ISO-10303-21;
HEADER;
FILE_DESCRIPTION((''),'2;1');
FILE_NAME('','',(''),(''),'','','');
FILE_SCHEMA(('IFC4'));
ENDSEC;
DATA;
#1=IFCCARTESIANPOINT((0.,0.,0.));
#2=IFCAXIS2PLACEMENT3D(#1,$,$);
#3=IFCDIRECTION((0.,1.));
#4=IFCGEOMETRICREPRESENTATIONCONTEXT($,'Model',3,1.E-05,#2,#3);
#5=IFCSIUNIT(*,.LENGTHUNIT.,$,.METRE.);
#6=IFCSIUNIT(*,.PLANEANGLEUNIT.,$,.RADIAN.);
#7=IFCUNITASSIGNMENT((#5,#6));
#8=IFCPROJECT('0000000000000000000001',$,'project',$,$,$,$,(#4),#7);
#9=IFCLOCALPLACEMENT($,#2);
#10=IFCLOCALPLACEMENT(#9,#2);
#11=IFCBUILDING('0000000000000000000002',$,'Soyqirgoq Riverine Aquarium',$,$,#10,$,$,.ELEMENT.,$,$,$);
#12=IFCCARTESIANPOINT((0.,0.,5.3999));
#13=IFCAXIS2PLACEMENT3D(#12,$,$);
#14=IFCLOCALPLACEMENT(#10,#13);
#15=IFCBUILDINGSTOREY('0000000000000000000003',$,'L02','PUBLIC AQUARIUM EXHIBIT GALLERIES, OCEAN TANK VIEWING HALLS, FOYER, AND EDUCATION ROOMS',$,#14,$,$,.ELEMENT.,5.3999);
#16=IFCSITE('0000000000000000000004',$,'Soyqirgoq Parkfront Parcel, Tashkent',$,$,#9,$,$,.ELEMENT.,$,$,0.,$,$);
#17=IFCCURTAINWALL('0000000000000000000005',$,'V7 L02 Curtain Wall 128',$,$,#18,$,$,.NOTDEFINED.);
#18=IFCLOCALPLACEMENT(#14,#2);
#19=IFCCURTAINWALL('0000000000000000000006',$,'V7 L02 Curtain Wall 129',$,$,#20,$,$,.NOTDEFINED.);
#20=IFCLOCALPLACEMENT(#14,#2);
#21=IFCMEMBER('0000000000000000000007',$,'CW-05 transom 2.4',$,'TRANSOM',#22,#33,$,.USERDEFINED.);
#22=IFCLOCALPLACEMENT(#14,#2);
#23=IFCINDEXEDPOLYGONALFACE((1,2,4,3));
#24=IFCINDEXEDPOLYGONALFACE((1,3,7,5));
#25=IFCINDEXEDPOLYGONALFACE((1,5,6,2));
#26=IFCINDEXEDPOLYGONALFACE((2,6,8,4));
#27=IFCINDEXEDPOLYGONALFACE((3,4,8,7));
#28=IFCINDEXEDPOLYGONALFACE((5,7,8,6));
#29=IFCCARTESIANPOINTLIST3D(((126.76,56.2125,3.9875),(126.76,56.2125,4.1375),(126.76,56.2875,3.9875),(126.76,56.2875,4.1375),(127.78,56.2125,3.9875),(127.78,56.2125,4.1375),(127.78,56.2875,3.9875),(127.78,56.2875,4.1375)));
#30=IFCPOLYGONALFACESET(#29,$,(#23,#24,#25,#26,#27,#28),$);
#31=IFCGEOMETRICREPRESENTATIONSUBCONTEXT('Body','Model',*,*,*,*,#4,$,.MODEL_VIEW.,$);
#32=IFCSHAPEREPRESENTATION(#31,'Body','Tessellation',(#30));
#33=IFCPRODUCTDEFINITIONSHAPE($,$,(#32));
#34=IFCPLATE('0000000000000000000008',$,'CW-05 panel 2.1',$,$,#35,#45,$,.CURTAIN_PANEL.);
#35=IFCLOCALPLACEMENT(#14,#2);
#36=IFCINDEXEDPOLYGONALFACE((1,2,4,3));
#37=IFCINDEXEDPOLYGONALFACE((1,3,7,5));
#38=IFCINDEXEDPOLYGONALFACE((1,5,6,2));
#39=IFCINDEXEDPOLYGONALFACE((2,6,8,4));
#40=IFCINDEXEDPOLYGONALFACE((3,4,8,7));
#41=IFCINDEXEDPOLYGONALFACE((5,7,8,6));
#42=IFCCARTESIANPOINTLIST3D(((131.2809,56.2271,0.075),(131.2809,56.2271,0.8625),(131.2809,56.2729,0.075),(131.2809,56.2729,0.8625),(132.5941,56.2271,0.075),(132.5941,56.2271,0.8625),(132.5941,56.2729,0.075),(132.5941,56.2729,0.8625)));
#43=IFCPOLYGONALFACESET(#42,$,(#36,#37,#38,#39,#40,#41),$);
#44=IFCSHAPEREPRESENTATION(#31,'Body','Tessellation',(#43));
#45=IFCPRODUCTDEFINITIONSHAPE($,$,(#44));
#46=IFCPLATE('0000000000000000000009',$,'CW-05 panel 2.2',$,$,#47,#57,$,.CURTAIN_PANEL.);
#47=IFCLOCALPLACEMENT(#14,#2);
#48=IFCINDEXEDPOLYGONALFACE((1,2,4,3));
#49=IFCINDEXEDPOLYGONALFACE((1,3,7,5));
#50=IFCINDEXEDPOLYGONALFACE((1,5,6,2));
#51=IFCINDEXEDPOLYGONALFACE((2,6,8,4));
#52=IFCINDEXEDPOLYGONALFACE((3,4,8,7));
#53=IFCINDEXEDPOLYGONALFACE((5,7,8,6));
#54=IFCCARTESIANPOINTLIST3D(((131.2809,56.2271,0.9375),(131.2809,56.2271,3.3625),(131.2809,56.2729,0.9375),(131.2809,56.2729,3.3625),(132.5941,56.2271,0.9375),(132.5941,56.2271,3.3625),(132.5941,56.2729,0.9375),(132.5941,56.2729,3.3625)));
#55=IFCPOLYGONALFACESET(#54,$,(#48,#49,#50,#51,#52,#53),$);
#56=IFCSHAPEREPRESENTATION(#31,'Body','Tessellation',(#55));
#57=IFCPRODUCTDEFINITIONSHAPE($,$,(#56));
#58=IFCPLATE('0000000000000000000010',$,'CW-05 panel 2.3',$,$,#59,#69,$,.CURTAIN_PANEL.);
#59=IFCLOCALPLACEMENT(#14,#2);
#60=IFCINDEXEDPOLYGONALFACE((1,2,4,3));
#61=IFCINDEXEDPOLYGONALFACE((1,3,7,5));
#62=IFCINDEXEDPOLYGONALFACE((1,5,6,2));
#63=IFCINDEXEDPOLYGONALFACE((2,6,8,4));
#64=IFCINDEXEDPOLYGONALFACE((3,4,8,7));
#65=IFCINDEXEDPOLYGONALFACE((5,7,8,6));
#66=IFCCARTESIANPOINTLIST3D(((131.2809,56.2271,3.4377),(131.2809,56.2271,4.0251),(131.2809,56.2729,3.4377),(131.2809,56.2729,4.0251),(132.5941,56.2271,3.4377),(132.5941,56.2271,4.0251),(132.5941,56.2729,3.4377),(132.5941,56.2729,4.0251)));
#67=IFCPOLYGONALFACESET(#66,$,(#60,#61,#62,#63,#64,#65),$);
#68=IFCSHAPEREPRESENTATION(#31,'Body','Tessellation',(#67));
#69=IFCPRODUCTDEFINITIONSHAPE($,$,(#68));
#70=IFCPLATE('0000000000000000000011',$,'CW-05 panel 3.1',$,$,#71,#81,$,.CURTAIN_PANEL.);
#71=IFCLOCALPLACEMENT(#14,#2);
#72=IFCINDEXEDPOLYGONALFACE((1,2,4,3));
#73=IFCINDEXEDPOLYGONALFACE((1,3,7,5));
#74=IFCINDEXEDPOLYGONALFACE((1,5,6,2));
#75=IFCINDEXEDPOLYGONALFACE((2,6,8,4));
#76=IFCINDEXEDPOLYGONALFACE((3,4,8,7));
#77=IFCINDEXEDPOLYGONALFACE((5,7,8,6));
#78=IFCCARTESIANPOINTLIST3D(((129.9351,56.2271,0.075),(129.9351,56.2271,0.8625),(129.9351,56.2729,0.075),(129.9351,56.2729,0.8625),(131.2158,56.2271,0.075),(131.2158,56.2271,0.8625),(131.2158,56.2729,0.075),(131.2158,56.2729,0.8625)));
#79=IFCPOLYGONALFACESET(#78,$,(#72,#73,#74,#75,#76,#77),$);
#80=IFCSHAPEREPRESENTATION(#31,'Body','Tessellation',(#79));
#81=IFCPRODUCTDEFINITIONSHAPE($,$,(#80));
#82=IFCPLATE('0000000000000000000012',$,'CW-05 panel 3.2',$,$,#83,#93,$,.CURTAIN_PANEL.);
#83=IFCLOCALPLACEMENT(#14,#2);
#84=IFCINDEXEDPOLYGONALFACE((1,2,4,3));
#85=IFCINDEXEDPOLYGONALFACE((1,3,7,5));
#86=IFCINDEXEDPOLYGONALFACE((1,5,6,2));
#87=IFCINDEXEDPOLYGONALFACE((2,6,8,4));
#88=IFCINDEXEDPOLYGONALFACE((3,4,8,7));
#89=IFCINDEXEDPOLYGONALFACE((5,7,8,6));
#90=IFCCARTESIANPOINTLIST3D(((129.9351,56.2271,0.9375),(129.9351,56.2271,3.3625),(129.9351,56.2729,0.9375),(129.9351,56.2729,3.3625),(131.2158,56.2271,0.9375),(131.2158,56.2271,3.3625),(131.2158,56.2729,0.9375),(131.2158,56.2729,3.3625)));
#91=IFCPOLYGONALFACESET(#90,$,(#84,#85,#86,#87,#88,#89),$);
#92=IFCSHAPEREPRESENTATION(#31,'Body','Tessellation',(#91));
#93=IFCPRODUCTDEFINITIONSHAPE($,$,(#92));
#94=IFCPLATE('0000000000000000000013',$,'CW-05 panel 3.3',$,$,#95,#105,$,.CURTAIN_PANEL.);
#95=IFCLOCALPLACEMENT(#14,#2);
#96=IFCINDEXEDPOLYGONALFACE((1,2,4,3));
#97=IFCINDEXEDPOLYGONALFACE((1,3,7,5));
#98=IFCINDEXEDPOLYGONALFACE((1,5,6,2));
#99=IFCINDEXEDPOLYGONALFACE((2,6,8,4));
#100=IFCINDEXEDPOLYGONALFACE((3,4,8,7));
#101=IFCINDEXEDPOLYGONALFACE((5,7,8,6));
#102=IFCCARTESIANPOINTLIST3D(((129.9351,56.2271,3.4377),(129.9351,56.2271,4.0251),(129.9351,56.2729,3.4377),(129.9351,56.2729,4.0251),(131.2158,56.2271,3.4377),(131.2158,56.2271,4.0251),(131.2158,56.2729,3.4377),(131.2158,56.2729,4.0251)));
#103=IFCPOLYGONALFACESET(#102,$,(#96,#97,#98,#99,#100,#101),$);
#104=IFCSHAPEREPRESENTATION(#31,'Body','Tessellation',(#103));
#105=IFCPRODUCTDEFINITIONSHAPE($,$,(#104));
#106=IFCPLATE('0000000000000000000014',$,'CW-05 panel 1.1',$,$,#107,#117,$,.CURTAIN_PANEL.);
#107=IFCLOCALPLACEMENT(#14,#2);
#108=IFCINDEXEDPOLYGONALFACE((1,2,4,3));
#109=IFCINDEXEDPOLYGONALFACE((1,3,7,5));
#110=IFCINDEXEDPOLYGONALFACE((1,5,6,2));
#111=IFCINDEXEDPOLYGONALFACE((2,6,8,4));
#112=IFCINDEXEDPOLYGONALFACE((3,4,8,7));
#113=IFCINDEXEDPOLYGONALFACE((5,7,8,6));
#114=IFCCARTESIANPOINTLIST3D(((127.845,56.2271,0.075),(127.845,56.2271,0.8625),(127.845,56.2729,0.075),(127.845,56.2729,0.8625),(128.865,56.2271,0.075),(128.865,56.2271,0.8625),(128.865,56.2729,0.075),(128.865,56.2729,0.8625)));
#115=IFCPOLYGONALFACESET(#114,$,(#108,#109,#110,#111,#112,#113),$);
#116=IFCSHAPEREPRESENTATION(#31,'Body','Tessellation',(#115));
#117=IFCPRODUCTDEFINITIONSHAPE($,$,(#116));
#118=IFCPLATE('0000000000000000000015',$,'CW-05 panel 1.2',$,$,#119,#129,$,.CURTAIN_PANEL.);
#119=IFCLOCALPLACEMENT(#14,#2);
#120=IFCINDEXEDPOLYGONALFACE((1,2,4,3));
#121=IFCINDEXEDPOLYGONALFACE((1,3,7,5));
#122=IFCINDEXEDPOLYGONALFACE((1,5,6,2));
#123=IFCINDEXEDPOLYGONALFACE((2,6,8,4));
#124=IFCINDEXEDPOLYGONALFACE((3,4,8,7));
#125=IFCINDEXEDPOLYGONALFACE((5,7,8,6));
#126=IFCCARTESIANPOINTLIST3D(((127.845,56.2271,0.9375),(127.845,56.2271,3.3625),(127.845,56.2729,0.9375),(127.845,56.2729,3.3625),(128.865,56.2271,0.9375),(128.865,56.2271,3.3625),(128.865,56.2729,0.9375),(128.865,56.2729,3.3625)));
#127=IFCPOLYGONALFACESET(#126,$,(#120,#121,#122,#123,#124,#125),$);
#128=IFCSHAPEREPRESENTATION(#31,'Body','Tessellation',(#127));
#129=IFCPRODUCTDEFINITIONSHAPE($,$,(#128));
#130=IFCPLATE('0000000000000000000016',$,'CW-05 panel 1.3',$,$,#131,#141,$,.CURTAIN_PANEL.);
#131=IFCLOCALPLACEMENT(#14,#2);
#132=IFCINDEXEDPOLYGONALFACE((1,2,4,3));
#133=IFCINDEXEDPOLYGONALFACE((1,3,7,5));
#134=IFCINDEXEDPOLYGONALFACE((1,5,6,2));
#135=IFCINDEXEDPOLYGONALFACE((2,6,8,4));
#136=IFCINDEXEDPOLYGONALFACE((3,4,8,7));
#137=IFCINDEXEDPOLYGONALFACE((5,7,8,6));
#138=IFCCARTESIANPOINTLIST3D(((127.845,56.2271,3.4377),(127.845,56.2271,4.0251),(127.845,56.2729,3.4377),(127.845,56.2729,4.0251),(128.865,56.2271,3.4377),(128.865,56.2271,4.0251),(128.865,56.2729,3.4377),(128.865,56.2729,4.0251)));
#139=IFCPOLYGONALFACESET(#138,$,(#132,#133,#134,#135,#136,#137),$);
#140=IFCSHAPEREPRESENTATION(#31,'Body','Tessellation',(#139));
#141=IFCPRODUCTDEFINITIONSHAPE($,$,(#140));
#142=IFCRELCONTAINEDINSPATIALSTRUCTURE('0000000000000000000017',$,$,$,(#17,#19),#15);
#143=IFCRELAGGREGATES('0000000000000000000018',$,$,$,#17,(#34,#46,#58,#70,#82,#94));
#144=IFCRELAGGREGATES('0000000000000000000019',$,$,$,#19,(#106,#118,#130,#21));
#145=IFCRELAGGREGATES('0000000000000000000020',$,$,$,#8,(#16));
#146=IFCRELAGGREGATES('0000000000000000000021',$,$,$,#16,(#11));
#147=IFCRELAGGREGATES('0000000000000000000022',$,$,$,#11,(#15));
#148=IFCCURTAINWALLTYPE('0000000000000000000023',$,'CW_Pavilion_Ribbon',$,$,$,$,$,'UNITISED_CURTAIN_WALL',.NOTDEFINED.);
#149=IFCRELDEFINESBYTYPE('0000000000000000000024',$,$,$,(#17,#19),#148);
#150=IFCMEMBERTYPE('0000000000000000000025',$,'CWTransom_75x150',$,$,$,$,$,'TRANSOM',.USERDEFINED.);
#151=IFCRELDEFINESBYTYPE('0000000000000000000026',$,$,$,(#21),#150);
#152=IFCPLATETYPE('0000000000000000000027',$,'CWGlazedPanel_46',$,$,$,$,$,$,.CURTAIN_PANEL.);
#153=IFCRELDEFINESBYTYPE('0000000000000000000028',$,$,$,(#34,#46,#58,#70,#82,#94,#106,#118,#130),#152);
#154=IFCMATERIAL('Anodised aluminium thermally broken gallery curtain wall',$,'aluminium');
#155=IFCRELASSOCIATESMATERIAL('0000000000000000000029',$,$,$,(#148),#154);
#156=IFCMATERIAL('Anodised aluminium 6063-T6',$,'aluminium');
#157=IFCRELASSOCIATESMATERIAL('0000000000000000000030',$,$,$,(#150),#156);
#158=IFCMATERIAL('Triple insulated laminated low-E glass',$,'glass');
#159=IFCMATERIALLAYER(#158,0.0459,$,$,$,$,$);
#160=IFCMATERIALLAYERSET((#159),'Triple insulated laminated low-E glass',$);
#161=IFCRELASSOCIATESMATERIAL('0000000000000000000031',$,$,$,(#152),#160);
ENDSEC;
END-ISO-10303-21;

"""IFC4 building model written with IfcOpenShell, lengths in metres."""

from ifc_helpers import new_model, si_unit, direction, frame, origin, origin_2d, place, context, subcontext, project, spatial, rectangle, extrude, material, layer, layer_set, material_profile, profile_set, type_object, element, aggregate, save


model = new_model("IFC4")

# Units and contexts
model_context = context("Model", 3, precision=1e-05, world=origin(), true_north=direction((0.0, 1.0)))
body_context = subcontext(model_context, "Body", "Model", "MODEL_VIEW")
ifc_project = project(units=[si_unit("LENGTHUNIT", "METRE"), si_unit("PLANEANGLEUNIT", "RADIAN")], contexts=[model_context])

# Site, building, storey
site_placement = place(None, origin())
site = spatial("IfcSite", under=ifc_project, at=site_placement, Name="Soyqirgoq Parkfront Parcel, Tashkent", CompositionType="ELEMENT", RefElevation=0.0)
building_placement = place(site_placement, origin())
building = spatial("IfcBuilding", under=site, at=building_placement, Name="Soyqirgoq Riverine Aquarium", CompositionType="ELEMENT")
storey_placement = place(building_placement, frame((0.0, 0.0, 5.3999)))
storey = spatial("IfcBuildingStorey", under=building, at=storey_placement, Name="L02", Description="PUBLIC AQUARIUM EXHIBIT GALLERIES, OCEAN TANK VIEWING HALLS, FOYER, AND EDUCATION ROOMS", CompositionType="ELEMENT", Elevation=5.3999)

# Curtain walls
ifc_material_1 = material(Name="Anodised aluminium thermally broken gallery curtain wall", Category="aluminium")
curtain_wall_type = type_object("IfcCurtainWallType", Name="CW_Pavilion_Ribbon", ElementType="UNITISED_CURTAIN_WALL", PredefinedType="NOTDEFINED", material=ifc_material_1)
curtain_wall_1_placement = place(storey_placement, origin())
curtain_wall_1 = element("IfcCurtainWall", 1, at=curtain_wall_1_placement, inside=storey, type_object=curtain_wall_type, Name="V7 L02 Curtain Wall 128", PredefinedType="NOTDEFINED")
curtain_wall_2_placement = place(storey_placement, origin())
curtain_wall_2 = element("IfcCurtainWall", 2, at=curtain_wall_2_placement, inside=storey, type_object=curtain_wall_type, Name="V7 L02 Curtain Wall 129", PredefinedType="NOTDEFINED")

# Member
ifc_material_2 = material(Name="Anodised aluminium 6063-T6", Category="aluminium")
ifc_material_profile_1 = material_profile(ifc_material_2, rectangle(XDim=0.075, YDim=0.1499, at=origin_2d()), Name="ALU-T 75x150")
ifc_profile_set_1 = profile_set([ifc_material_profile_1], Name="Anodised aluminium 6063-T6")
member_type_1 = type_object("IfcMemberType", Name="CWTransom_75x150", ElementType="TRANSOM", PredefinedType="USERDEFINED", material=ifc_profile_set_1)
member_1_placement = place(storey_placement, frame((127.78, 56.25, 4.0625), z_axis=(-1.0, 0.0, 0.0), x_axis=(0.0, -1.0, 0.0)))
member_1 = element("IfcMember", 3, at=member_1_placement, type_object=member_type_1, Name="CW-05 transom 2.4", ObjectType="TRANSOM", PredefinedType="USERDEFINED", context=body_context, shape_type="SweptSolid", body=[
    extrude(rectangle(XDim=0.075, YDim=0.1499, at=origin_2d()), origin(), (0.0, 0.0, 1.0), 1.02),
])

# Plates
ifc_material_3 = material(Name="Triple insulated laminated low-E glass", Category="glass")
ifc_layer = layer(ifc_material_3, 0.0459)
ifc_layer_set = layer_set([ifc_layer], Name="Triple insulated laminated low-E glass")
plate_type = type_object("IfcPlateType", Name="CWGlazedPanel_46", PredefinedType="CURTAIN_PANEL", material=ifc_layer_set)
plate_1_placement = place(storey_placement, frame((131.9375, 56.25, 0.075), z_axis=(0.0, 0.0, 1.0), x_axis=(-1.0, 0.0, 0.0)))
plate_1 = element("IfcPlate", 4, at=plate_1_placement, type_object=plate_type, Name="CW-05 panel 2.1", PredefinedType="CURTAIN_PANEL", context=body_context, shape_type="SweptSolid", body=[
    extrude(rectangle(XDim=1.3132, YDim=0.0459, at=origin_2d()), origin(), (0.0, 0.0, 1.0), 0.7876),
])
plate_2_placement = place(storey_placement, frame((131.9375, 56.25, 0.9375), z_axis=(0.0, 0.0, 1.0), x_axis=(-1.0, 0.0, 0.0)))
plate_2 = element("IfcPlate", 5, at=plate_2_placement, type_object=plate_type, Name="CW-05 panel 2.2", PredefinedType="CURTAIN_PANEL", context=body_context, shape_type="SweptSolid", body=[
    extrude(rectangle(XDim=1.3132, YDim=0.0459, at=origin_2d()), origin(), (0.0, 0.0, 1.0), 2.425),
])
plate_3_placement = place(storey_placement, frame((131.9375, 56.25, 3.4377), z_axis=(0.0, 0.0, 1.0), x_axis=(-1.0, 0.0, 0.0)))
plate_3 = element("IfcPlate", 6, at=plate_3_placement, type_object=plate_type, Name="CW-05 panel 2.3", PredefinedType="CURTAIN_PANEL", context=body_context, shape_type="SweptSolid", body=[
    extrude(rectangle(XDim=1.3132, YDim=0.0459, at=origin_2d()), origin(), (0.0, 0.0, 1.0), 0.5874),
])
plate_4_placement = place(storey_placement, frame((130.5754, 56.25, 0.075), z_axis=(0.0, 0.0, 1.0), x_axis=(-1.0, 0.0, 0.0)))
plate_4 = element("IfcPlate", 7, at=plate_4_placement, type_object=plate_type, Name="CW-05 panel 3.1", PredefinedType="CURTAIN_PANEL", context=body_context, shape_type="SweptSolid", body=[
    extrude(rectangle(XDim=1.2808, YDim=0.0459, at=origin_2d()), origin(), (0.0, 0.0, 1.0), 0.7876),
])
plate_5_placement = place(storey_placement, frame((130.5754, 56.25, 0.9375), z_axis=(0.0, 0.0, 1.0), x_axis=(-1.0, 0.0, 0.0)))
plate_5 = element("IfcPlate", 8, at=plate_5_placement, type_object=plate_type, Name="CW-05 panel 3.2", PredefinedType="CURTAIN_PANEL", context=body_context, shape_type="SweptSolid", body=[
    extrude(rectangle(XDim=1.2808, YDim=0.0459, at=origin_2d()), origin(), (0.0, 0.0, 1.0), 2.425),
])
plate_6_placement = place(storey_placement, frame((130.5754, 56.25, 3.4377), z_axis=(0.0, 0.0, 1.0), x_axis=(-1.0, 0.0, 0.0)))
plate_6 = element("IfcPlate", 9, at=plate_6_placement, type_object=plate_type, Name="CW-05 panel 3.3", PredefinedType="CURTAIN_PANEL", context=body_context, shape_type="SweptSolid", body=[
    extrude(rectangle(XDim=1.2808, YDim=0.0459, at=origin_2d()), origin(), (0.0, 0.0, 1.0), 0.5874),
])
aggregate(curtain_wall_1, [plate_1, plate_2, plate_3, plate_4, plate_5, plate_6])
plate_7_placement = place(storey_placement, frame((128.355, 56.25, 0.075), z_axis=(0.0, 0.0, 1.0), x_axis=(-1.0, 0.0, 0.0)))
plate_7 = element("IfcPlate", 10, at=plate_7_placement, type_object=plate_type, Name="CW-05 panel 1.1", PredefinedType="CURTAIN_PANEL", context=body_context, shape_type="SweptSolid", body=[
    extrude(rectangle(XDim=1.02, YDim=0.0459, at=origin_2d()), origin(), (0.0, 0.0, 1.0), 0.7876),
])
plate_8_placement = place(storey_placement, frame((128.355, 56.25, 0.9375), z_axis=(0.0, 0.0, 1.0), x_axis=(-1.0, 0.0, 0.0)))
plate_8 = element("IfcPlate", 11, at=plate_8_placement, type_object=plate_type, Name="CW-05 panel 1.2", PredefinedType="CURTAIN_PANEL", context=body_context, shape_type="SweptSolid", body=[
    extrude(rectangle(XDim=1.02, YDim=0.0459, at=origin_2d()), origin(), (0.0, 0.0, 1.0), 2.425),
])
plate_9_placement = place(storey_placement, frame((128.355, 56.25, 3.4377), z_axis=(0.0, 0.0, 1.0), x_axis=(-1.0, 0.0, 0.0)))
plate_9 = element("IfcPlate", 12, at=plate_9_placement, type_object=plate_type, Name="CW-05 panel 1.3", PredefinedType="CURTAIN_PANEL", context=body_context, shape_type="SweptSolid", body=[
    extrude(rectangle(XDim=1.02, YDim=0.0459, at=origin_2d()), origin(), (0.0, 0.0, 1.0), 0.5874),
])
aggregate(curtain_wall_2, [plate_7, plate_8, plate_9, member_1])

save(model, "model.ifc")
